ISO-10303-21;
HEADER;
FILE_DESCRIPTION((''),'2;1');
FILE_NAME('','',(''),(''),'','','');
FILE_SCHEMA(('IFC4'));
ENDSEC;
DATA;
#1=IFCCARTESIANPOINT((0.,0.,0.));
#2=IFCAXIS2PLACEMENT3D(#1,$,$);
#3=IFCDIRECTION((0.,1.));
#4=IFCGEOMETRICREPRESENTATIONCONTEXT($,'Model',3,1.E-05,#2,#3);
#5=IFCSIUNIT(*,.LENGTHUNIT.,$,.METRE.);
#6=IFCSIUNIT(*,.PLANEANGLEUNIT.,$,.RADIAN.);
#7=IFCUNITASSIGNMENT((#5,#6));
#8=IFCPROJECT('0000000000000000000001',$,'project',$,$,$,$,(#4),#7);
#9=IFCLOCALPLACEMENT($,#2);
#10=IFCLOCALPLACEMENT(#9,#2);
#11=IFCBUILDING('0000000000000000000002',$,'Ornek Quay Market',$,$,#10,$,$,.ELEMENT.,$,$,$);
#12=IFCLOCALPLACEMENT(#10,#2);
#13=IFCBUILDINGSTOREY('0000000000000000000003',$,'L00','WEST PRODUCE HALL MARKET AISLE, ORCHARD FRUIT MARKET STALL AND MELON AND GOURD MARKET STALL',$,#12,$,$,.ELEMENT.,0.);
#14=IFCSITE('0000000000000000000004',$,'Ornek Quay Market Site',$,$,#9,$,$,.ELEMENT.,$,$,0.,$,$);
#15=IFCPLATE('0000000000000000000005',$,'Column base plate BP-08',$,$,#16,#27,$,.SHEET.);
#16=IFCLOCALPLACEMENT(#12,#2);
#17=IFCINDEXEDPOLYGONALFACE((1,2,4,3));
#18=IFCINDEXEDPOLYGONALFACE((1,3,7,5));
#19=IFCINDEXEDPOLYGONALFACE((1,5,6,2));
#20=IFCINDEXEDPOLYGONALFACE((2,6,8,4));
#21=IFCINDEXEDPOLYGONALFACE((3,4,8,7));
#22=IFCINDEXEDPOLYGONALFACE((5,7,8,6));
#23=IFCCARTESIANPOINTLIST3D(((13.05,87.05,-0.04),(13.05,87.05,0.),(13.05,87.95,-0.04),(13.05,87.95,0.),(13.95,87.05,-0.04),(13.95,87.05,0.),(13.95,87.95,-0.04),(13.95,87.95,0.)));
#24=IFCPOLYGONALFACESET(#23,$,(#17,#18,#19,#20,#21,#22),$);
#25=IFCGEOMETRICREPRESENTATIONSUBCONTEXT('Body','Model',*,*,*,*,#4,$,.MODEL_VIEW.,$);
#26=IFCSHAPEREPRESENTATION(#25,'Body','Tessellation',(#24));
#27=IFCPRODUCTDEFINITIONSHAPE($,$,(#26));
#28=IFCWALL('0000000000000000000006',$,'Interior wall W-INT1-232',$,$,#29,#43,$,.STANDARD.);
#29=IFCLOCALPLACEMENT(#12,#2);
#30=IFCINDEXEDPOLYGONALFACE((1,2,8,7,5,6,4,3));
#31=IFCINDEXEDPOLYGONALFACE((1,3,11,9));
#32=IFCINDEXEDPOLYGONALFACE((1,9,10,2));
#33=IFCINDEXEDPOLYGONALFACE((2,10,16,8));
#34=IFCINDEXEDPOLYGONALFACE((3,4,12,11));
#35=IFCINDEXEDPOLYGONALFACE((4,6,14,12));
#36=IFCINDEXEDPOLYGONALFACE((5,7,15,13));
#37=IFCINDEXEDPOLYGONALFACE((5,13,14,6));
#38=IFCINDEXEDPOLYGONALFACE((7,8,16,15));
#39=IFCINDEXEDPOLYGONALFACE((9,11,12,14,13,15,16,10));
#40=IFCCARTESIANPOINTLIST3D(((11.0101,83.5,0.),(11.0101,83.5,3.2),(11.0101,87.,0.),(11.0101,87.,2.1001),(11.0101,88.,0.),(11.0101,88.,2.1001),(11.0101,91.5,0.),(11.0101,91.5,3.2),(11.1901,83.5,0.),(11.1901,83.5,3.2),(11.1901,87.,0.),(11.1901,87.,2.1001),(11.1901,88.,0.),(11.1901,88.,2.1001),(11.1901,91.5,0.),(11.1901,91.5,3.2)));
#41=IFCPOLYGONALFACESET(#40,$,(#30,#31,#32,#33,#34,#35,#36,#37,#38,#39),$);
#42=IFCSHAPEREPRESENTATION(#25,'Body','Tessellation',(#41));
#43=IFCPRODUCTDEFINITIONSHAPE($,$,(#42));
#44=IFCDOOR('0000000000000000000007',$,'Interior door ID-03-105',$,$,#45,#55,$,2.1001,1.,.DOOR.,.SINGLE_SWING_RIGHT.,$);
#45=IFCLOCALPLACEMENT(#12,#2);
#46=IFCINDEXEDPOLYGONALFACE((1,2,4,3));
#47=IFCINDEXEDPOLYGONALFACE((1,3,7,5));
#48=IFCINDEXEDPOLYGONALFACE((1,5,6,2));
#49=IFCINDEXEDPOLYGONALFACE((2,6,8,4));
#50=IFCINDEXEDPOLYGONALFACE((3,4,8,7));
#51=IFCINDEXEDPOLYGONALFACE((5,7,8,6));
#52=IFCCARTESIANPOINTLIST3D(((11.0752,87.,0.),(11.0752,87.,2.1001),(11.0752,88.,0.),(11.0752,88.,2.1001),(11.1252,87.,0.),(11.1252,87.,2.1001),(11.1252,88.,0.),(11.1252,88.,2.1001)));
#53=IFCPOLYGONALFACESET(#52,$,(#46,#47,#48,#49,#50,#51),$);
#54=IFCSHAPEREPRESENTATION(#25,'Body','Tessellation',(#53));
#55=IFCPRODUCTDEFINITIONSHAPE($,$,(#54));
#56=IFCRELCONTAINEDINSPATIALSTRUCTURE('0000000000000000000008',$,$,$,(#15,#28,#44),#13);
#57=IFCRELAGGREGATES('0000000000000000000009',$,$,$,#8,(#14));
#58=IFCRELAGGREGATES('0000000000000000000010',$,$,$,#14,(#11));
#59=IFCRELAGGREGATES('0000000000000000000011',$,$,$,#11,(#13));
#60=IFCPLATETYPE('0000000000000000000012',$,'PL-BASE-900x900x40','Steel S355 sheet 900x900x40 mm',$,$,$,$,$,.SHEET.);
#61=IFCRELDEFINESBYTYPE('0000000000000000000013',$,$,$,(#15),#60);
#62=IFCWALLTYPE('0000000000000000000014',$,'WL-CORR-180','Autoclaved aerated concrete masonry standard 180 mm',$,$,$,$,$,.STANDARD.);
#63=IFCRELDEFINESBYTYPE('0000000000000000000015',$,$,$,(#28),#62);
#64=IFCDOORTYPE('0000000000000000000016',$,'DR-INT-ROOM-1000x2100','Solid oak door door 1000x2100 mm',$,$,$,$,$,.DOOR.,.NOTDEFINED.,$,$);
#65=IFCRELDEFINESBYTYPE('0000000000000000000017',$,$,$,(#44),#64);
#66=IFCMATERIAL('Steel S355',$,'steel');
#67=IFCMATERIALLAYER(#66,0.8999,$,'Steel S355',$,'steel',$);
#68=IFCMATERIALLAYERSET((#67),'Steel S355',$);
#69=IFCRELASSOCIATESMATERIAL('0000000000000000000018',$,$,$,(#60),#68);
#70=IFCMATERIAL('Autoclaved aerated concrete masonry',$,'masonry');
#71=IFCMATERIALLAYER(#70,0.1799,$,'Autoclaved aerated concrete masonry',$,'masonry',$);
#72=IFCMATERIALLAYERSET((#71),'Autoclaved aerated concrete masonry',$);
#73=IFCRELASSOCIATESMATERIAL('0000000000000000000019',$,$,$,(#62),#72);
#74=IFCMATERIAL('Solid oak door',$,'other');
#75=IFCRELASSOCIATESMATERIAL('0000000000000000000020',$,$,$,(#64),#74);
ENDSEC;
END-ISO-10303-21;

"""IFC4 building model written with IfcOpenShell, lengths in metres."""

from ifc_helpers import new_model, si_unit, direction, frame, frame_2d, origin, origin_2d, place, context, subcontext, project, spatial, rectangle, extrude, material, layer, layer_set, type_object, element, fill, save


model = new_model("IFC4")

# Units and contexts
model_context = context("Model", 3, precision=1e-05, world=origin(), true_north=direction((0.0, 1.0)))
body_context = subcontext(model_context, "Body", "Model", "MODEL_VIEW")
ifc_project = project(units=[si_unit("LENGTHUNIT", "METRE"), si_unit("PLANEANGLEUNIT", "RADIAN")], contexts=[model_context])

# Site, building, storey
site_placement = place(None, origin())
site = spatial("IfcSite", under=ifc_project, at=site_placement, Name="Ornek Quay Market Site", CompositionType="ELEMENT", RefElevation=0.0)
building_placement = place(site_placement, origin())
building = spatial("IfcBuilding", under=site, at=building_placement, Name="Ornek Quay Market", CompositionType="ELEMENT")
storey_placement = place(building_placement, origin())
storey = spatial("IfcBuildingStorey", under=building, at=storey_placement, Name="L00", Description="WEST PRODUCE HALL MARKET AISLE, ORCHARD FRUIT MARKET STALL AND MELON AND GOURD MARKET STALL", CompositionType="ELEMENT", Elevation=0.0)

# Shared definitions
ifc_material_1 = material(Name="Steel S355", Category="steel")

# Plate
ifc_layer_1 = layer(ifc_material_1, 0.8999, Name="Steel S355", Category="steel")
ifc_layer_set_1 = layer_set([ifc_layer_1], Name="Steel S355")
plate_type = type_object("IfcPlateType", Name="PL-BASE-900x900x40", Description="Steel S355 sheet 900x900x40 mm", PredefinedType="SHEET", material=ifc_layer_set_1)
plate_placement = place(storey_placement, frame((13.5, 87.5, -0.04), z_axis=(0.0, 0.0, 1.0), x_axis=(1.0, 0.0, 0.0)))
element("IfcPlate", 1, at=plate_placement, inside=storey, type_object=plate_type, Name="Column base plate BP-08", PredefinedType="SHEET", context=body_context, shape_type="SweptSolid", body=[
    extrude(rectangle(XDim=0.8999, YDim=0.8999, at=origin_2d()), origin(), (0.0, 0.0, 1.0), 0.04),
])

# Wall, opening, door
ifc_material_2 = material(Name="Autoclaved aerated concrete masonry", Category="masonry")
ifc_layer_2 = layer(ifc_material_2, 0.1799, Name="Autoclaved aerated concrete masonry", Category="masonry")
ifc_layer_set_2 = layer_set([ifc_layer_2], Name="Autoclaved aerated concrete masonry")
wall_type = type_object("IfcWallType", Name="WL-CORR-180", Description="Autoclaved aerated concrete masonry standard 180 mm", PredefinedType="STANDARD", material=ifc_layer_set_2)
wall_placement = place(storey_placement, frame((11.1001, 83.5, 0.0), z_axis=(0.0, 0.0, 1.0), x_axis=(0.0, 1.0, 0.0)))
wall = element("IfcWall", 2, at=wall_placement, inside=storey, type_object=wall_type, Name="Interior wall W-INT1-232", PredefinedType="STANDARD", context=body_context, shape_type="SweptSolid", body=[
    extrude(rectangle(XDim=8.0, YDim=0.1799, at=frame_2d((4.0, 0.0))), origin(), (0.0, 0.0, 1.0), 3.2),
])
opening_placement = place(wall_placement, frame((3.5, 0.0, 0.0)))
opening = element("IfcOpeningElement", 3, at=opening_placement, cuts=wall, PredefinedType="OPENING", context=body_context, shape_type="SweptSolid", body=[
    extrude(rectangle(XDim=1.0, YDim=2.1001, at=frame_2d((0.5, 1.05))), frame((0.0, 0.0999, 0.0), z_axis=(0.0, -1.0, 0.0), x_axis=(1.0, 0.0, 0.0)), (0.0, 0.0, 1.0), 0.2),
])
ifc_material_3 = material(Name="Solid oak door", Category="other")
door_type = type_object("IfcDoorType", Name="DR-INT-ROOM-1000x2100", Description="Solid oak door door 1000x2100 mm", OperationType="NOTDEFINED", PredefinedType="DOOR", material=ifc_material_3)
door_placement = place(opening_placement, origin())
door = element("IfcDoor", 4, at=door_placement, inside=storey, type_object=door_type, Name="Interior door ID-03-105", OperationType="SINGLE_SWING_RIGHT", OverallHeight=2.1001, OverallWidth=1.0, PredefinedType="DOOR", context=body_context, shape_type="SweptSolid", body=[
    extrude(rectangle(XDim=1.0, YDim=2.1001, at=frame_2d((0.5, 1.05))), frame((0.0, 0.0249, 0.0), z_axis=(0.0, -1.0, 0.0), x_axis=(1.0, 0.0, 0.0)), (0.0, 0.0, 1.0), 0.05),
])
fill(opening, door)

save(model, "model.ifc")
